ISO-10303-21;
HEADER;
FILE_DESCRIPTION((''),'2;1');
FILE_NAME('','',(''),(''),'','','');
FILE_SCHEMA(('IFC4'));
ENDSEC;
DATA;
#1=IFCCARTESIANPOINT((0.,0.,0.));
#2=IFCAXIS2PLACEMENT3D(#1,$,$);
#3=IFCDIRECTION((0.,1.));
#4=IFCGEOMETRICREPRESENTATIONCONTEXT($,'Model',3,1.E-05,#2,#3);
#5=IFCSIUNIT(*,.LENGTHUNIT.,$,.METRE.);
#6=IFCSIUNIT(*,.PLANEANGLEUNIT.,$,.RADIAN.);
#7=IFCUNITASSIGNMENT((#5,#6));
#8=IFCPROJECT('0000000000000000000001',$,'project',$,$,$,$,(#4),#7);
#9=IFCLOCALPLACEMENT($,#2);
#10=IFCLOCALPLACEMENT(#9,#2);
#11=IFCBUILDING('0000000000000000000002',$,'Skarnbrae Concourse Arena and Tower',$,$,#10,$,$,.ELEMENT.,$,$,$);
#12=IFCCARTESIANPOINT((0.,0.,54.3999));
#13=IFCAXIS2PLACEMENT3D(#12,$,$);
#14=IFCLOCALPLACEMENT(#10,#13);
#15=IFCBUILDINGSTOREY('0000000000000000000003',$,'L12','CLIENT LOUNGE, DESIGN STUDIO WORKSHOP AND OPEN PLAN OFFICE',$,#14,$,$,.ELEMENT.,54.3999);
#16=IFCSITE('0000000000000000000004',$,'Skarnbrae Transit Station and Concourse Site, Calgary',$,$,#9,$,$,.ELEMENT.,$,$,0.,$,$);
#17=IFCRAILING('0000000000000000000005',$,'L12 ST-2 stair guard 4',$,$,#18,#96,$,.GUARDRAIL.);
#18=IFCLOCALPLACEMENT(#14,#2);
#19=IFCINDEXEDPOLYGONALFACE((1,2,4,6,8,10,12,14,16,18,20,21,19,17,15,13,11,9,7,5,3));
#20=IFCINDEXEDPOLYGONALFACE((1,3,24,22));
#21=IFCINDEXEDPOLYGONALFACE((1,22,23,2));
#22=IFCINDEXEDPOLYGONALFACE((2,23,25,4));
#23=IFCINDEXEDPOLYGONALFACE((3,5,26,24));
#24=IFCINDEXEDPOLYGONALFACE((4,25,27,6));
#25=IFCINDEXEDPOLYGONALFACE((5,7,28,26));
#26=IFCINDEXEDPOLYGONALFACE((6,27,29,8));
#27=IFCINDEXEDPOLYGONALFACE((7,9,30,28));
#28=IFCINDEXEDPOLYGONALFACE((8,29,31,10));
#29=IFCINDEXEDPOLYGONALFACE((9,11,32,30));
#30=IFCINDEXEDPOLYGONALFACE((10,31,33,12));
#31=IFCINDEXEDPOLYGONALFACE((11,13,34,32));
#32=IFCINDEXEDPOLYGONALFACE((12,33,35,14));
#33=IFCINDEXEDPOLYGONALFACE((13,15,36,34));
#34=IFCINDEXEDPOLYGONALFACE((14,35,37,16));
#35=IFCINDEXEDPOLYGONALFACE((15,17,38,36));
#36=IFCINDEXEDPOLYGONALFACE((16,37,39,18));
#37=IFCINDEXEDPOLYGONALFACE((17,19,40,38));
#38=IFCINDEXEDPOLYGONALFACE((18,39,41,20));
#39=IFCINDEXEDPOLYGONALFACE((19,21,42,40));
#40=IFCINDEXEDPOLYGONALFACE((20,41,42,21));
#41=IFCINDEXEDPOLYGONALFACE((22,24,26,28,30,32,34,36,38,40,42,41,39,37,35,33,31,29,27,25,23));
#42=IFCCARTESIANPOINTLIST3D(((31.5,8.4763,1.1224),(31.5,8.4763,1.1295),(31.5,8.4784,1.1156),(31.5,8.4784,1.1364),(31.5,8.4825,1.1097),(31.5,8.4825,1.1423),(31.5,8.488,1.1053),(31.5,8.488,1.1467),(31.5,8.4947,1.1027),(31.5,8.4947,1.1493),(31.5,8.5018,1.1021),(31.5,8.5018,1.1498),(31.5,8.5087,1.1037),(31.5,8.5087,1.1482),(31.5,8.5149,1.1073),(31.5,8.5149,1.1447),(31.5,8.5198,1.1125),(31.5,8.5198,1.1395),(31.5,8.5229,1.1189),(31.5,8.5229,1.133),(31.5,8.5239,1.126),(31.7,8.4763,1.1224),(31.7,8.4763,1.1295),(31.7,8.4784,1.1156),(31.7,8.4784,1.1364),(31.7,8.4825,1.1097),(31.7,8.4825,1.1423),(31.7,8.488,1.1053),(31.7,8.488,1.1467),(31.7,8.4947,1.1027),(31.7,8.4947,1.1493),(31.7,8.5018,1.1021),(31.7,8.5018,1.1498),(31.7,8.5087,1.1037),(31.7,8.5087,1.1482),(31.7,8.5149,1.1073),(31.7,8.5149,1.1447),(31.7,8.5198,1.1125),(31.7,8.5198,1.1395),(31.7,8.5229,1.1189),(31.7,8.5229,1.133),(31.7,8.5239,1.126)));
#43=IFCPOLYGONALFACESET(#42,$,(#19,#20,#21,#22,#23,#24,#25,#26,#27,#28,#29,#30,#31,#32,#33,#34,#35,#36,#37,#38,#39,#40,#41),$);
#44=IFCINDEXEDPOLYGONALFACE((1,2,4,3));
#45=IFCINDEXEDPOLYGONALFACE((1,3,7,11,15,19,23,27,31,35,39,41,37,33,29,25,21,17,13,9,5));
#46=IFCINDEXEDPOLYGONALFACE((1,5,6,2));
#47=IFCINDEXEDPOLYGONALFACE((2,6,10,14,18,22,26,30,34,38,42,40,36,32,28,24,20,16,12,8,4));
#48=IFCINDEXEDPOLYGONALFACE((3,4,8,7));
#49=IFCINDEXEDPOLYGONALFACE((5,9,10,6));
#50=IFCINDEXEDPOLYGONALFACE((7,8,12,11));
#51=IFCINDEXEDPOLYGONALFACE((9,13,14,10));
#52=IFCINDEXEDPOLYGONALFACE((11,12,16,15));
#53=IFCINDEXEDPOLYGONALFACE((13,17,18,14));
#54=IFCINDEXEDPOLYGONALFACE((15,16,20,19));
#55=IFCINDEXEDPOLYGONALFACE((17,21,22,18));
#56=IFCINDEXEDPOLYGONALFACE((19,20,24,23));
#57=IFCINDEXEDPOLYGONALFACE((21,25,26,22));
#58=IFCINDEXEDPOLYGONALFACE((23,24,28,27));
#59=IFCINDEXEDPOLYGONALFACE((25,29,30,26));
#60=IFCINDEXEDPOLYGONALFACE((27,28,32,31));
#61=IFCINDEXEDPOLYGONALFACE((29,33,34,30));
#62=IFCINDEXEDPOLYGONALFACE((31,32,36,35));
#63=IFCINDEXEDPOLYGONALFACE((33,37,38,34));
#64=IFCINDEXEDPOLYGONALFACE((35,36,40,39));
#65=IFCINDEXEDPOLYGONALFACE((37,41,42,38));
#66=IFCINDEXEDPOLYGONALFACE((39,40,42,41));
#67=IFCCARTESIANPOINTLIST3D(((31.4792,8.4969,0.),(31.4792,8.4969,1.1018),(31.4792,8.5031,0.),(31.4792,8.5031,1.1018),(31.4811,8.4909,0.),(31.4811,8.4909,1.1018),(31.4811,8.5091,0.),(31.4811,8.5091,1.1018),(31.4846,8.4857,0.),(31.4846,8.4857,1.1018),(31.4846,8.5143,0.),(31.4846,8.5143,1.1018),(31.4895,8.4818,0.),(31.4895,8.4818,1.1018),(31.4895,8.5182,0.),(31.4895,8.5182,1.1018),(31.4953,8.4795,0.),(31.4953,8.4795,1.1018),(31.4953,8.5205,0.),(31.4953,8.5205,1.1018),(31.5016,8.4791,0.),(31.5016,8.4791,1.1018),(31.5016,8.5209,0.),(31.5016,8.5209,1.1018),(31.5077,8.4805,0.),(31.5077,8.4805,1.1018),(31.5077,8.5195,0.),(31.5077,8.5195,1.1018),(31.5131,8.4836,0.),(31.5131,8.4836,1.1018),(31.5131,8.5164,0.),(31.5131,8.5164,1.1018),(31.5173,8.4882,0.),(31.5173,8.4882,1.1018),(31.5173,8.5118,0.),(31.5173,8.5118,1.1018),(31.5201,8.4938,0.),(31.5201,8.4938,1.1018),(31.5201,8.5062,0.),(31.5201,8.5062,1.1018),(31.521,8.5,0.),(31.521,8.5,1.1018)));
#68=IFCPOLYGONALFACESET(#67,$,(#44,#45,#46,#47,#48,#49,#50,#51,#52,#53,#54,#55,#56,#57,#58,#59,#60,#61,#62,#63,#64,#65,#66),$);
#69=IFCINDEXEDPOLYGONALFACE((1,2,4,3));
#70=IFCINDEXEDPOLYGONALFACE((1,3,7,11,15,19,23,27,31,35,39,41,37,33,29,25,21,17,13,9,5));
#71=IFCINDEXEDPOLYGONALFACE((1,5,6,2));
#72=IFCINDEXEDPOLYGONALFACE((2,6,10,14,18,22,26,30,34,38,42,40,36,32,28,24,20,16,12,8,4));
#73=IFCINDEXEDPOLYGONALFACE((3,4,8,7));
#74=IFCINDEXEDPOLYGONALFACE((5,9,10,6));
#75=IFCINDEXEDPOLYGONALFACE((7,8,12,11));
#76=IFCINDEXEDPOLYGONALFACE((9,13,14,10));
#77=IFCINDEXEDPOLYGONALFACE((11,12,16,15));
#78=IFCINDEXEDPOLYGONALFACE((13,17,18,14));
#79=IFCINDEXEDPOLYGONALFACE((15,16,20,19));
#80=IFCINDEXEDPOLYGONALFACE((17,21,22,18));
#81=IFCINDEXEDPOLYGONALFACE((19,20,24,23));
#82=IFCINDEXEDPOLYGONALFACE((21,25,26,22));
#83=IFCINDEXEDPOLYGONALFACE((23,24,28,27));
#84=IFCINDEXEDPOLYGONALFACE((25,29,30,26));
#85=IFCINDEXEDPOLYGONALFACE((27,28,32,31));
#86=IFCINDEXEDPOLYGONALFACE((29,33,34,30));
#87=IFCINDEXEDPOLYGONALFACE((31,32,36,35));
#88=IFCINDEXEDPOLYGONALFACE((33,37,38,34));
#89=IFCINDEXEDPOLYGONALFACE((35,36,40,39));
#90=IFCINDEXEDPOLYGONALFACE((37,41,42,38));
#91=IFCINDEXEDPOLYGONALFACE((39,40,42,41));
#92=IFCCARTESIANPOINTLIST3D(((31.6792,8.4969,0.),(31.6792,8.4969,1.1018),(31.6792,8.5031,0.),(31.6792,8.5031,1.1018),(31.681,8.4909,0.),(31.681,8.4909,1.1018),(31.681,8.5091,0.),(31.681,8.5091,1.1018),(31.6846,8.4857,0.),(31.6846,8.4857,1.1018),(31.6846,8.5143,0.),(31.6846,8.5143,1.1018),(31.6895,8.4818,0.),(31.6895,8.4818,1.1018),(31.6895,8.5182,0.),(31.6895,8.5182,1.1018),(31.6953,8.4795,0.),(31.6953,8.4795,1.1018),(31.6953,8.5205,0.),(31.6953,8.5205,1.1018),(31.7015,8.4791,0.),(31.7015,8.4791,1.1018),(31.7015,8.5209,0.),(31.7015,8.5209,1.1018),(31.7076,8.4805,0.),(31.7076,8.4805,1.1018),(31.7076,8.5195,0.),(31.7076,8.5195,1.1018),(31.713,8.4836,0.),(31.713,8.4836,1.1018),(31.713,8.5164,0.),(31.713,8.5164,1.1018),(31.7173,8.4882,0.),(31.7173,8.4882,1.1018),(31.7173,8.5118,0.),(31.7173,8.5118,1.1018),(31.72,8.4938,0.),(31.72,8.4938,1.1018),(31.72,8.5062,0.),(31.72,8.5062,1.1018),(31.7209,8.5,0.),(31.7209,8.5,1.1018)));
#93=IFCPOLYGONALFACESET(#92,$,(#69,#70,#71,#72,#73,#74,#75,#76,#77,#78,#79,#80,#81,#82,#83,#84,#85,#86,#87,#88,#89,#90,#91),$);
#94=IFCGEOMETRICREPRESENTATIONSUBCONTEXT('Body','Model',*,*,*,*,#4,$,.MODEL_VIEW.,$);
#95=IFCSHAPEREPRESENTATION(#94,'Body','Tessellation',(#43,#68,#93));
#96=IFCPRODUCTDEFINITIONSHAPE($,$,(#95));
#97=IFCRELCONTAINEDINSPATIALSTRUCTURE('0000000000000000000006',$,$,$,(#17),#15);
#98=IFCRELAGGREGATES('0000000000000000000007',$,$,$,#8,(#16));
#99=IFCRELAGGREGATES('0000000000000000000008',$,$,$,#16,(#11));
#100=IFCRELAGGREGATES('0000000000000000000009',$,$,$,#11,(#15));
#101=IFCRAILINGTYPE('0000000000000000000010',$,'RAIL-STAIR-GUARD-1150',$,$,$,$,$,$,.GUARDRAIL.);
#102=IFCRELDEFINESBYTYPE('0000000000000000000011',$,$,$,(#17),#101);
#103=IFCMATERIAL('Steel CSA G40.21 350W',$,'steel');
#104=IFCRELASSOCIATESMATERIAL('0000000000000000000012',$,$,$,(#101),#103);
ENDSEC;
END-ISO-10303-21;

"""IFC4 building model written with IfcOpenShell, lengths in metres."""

from ifc_helpers import new_model, si_unit, direction, frame, origin, origin_2d, place, context, subcontext, project, spatial, circle, extrude, material, type_object, element, save


model = new_model("IFC4")

# Units and contexts
model_context = context("Model", 3, precision=1e-05, world=origin(), true_north=direction((0.0, 1.0)))
body_context = subcontext(model_context, "Body", "Model", "MODEL_VIEW")
ifc_project = project(units=[si_unit("LENGTHUNIT", "METRE"), si_unit("PLANEANGLEUNIT", "RADIAN")], contexts=[model_context])

# Site, building, storey
site_placement = place(None, origin())
site = spatial("IfcSite", under=ifc_project, at=site_placement, Name="Skarnbrae Transit Station and Concourse Site, Calgary", CompositionType="ELEMENT", RefElevation=0.0)
building_placement = place(site_placement, origin())
building = spatial("IfcBuilding", under=site, at=building_placement, Name="Skarnbrae Concourse Arena and Tower", CompositionType="ELEMENT")
storey_placement = place(building_placement, frame((0.0, 0.0, 54.3999)))
storey = spatial("IfcBuildingStorey", under=building, at=storey_placement, Name="L12", Description="CLIENT LOUNGE, DESIGN STUDIO WORKSHOP AND OPEN PLAN OFFICE", CompositionType="ELEMENT", Elevation=54.3999)

# Shared definitions
ifc_material_1 = material(Name="Steel CSA G40.21 350W", Category="steel")

# Railing
railing_type_1 = type_object("IfcRailingType", Name="RAIL-STAIR-GUARD-1150", PredefinedType="GUARDRAIL", material=ifc_material_1)
railing_1_placement = place(storey_placement, frame((31.5, 8.5, 0.0)))
element("IfcRailing", 1, at=railing_1_placement, inside=storey, type_object=railing_type_1, Name="L12 ST-2 stair guard 4", PredefinedType="GUARDRAIL", context=body_context, shape_type="SweptSolid", body=[
    extrude(circle(Radius=0.0239, at=origin_2d()), frame((0.0, 0.0, 1.126), z_axis=(1.0, 0.0, 0.0), x_axis=(0.0, 1.0, 0.0)), (0.0, 0.0, 1.0), 0.2),
    extrude(circle(Radius=0.021, at=origin_2d()), origin(), (0.0, 0.0, 1.0), 1.1018),
    extrude(circle(Radius=0.021, at=origin_2d()), frame((0.2, 0.0, 0.0)), (0.0, 0.0, 1.0), 1.1018),
])

save(model, "model.ifc")
